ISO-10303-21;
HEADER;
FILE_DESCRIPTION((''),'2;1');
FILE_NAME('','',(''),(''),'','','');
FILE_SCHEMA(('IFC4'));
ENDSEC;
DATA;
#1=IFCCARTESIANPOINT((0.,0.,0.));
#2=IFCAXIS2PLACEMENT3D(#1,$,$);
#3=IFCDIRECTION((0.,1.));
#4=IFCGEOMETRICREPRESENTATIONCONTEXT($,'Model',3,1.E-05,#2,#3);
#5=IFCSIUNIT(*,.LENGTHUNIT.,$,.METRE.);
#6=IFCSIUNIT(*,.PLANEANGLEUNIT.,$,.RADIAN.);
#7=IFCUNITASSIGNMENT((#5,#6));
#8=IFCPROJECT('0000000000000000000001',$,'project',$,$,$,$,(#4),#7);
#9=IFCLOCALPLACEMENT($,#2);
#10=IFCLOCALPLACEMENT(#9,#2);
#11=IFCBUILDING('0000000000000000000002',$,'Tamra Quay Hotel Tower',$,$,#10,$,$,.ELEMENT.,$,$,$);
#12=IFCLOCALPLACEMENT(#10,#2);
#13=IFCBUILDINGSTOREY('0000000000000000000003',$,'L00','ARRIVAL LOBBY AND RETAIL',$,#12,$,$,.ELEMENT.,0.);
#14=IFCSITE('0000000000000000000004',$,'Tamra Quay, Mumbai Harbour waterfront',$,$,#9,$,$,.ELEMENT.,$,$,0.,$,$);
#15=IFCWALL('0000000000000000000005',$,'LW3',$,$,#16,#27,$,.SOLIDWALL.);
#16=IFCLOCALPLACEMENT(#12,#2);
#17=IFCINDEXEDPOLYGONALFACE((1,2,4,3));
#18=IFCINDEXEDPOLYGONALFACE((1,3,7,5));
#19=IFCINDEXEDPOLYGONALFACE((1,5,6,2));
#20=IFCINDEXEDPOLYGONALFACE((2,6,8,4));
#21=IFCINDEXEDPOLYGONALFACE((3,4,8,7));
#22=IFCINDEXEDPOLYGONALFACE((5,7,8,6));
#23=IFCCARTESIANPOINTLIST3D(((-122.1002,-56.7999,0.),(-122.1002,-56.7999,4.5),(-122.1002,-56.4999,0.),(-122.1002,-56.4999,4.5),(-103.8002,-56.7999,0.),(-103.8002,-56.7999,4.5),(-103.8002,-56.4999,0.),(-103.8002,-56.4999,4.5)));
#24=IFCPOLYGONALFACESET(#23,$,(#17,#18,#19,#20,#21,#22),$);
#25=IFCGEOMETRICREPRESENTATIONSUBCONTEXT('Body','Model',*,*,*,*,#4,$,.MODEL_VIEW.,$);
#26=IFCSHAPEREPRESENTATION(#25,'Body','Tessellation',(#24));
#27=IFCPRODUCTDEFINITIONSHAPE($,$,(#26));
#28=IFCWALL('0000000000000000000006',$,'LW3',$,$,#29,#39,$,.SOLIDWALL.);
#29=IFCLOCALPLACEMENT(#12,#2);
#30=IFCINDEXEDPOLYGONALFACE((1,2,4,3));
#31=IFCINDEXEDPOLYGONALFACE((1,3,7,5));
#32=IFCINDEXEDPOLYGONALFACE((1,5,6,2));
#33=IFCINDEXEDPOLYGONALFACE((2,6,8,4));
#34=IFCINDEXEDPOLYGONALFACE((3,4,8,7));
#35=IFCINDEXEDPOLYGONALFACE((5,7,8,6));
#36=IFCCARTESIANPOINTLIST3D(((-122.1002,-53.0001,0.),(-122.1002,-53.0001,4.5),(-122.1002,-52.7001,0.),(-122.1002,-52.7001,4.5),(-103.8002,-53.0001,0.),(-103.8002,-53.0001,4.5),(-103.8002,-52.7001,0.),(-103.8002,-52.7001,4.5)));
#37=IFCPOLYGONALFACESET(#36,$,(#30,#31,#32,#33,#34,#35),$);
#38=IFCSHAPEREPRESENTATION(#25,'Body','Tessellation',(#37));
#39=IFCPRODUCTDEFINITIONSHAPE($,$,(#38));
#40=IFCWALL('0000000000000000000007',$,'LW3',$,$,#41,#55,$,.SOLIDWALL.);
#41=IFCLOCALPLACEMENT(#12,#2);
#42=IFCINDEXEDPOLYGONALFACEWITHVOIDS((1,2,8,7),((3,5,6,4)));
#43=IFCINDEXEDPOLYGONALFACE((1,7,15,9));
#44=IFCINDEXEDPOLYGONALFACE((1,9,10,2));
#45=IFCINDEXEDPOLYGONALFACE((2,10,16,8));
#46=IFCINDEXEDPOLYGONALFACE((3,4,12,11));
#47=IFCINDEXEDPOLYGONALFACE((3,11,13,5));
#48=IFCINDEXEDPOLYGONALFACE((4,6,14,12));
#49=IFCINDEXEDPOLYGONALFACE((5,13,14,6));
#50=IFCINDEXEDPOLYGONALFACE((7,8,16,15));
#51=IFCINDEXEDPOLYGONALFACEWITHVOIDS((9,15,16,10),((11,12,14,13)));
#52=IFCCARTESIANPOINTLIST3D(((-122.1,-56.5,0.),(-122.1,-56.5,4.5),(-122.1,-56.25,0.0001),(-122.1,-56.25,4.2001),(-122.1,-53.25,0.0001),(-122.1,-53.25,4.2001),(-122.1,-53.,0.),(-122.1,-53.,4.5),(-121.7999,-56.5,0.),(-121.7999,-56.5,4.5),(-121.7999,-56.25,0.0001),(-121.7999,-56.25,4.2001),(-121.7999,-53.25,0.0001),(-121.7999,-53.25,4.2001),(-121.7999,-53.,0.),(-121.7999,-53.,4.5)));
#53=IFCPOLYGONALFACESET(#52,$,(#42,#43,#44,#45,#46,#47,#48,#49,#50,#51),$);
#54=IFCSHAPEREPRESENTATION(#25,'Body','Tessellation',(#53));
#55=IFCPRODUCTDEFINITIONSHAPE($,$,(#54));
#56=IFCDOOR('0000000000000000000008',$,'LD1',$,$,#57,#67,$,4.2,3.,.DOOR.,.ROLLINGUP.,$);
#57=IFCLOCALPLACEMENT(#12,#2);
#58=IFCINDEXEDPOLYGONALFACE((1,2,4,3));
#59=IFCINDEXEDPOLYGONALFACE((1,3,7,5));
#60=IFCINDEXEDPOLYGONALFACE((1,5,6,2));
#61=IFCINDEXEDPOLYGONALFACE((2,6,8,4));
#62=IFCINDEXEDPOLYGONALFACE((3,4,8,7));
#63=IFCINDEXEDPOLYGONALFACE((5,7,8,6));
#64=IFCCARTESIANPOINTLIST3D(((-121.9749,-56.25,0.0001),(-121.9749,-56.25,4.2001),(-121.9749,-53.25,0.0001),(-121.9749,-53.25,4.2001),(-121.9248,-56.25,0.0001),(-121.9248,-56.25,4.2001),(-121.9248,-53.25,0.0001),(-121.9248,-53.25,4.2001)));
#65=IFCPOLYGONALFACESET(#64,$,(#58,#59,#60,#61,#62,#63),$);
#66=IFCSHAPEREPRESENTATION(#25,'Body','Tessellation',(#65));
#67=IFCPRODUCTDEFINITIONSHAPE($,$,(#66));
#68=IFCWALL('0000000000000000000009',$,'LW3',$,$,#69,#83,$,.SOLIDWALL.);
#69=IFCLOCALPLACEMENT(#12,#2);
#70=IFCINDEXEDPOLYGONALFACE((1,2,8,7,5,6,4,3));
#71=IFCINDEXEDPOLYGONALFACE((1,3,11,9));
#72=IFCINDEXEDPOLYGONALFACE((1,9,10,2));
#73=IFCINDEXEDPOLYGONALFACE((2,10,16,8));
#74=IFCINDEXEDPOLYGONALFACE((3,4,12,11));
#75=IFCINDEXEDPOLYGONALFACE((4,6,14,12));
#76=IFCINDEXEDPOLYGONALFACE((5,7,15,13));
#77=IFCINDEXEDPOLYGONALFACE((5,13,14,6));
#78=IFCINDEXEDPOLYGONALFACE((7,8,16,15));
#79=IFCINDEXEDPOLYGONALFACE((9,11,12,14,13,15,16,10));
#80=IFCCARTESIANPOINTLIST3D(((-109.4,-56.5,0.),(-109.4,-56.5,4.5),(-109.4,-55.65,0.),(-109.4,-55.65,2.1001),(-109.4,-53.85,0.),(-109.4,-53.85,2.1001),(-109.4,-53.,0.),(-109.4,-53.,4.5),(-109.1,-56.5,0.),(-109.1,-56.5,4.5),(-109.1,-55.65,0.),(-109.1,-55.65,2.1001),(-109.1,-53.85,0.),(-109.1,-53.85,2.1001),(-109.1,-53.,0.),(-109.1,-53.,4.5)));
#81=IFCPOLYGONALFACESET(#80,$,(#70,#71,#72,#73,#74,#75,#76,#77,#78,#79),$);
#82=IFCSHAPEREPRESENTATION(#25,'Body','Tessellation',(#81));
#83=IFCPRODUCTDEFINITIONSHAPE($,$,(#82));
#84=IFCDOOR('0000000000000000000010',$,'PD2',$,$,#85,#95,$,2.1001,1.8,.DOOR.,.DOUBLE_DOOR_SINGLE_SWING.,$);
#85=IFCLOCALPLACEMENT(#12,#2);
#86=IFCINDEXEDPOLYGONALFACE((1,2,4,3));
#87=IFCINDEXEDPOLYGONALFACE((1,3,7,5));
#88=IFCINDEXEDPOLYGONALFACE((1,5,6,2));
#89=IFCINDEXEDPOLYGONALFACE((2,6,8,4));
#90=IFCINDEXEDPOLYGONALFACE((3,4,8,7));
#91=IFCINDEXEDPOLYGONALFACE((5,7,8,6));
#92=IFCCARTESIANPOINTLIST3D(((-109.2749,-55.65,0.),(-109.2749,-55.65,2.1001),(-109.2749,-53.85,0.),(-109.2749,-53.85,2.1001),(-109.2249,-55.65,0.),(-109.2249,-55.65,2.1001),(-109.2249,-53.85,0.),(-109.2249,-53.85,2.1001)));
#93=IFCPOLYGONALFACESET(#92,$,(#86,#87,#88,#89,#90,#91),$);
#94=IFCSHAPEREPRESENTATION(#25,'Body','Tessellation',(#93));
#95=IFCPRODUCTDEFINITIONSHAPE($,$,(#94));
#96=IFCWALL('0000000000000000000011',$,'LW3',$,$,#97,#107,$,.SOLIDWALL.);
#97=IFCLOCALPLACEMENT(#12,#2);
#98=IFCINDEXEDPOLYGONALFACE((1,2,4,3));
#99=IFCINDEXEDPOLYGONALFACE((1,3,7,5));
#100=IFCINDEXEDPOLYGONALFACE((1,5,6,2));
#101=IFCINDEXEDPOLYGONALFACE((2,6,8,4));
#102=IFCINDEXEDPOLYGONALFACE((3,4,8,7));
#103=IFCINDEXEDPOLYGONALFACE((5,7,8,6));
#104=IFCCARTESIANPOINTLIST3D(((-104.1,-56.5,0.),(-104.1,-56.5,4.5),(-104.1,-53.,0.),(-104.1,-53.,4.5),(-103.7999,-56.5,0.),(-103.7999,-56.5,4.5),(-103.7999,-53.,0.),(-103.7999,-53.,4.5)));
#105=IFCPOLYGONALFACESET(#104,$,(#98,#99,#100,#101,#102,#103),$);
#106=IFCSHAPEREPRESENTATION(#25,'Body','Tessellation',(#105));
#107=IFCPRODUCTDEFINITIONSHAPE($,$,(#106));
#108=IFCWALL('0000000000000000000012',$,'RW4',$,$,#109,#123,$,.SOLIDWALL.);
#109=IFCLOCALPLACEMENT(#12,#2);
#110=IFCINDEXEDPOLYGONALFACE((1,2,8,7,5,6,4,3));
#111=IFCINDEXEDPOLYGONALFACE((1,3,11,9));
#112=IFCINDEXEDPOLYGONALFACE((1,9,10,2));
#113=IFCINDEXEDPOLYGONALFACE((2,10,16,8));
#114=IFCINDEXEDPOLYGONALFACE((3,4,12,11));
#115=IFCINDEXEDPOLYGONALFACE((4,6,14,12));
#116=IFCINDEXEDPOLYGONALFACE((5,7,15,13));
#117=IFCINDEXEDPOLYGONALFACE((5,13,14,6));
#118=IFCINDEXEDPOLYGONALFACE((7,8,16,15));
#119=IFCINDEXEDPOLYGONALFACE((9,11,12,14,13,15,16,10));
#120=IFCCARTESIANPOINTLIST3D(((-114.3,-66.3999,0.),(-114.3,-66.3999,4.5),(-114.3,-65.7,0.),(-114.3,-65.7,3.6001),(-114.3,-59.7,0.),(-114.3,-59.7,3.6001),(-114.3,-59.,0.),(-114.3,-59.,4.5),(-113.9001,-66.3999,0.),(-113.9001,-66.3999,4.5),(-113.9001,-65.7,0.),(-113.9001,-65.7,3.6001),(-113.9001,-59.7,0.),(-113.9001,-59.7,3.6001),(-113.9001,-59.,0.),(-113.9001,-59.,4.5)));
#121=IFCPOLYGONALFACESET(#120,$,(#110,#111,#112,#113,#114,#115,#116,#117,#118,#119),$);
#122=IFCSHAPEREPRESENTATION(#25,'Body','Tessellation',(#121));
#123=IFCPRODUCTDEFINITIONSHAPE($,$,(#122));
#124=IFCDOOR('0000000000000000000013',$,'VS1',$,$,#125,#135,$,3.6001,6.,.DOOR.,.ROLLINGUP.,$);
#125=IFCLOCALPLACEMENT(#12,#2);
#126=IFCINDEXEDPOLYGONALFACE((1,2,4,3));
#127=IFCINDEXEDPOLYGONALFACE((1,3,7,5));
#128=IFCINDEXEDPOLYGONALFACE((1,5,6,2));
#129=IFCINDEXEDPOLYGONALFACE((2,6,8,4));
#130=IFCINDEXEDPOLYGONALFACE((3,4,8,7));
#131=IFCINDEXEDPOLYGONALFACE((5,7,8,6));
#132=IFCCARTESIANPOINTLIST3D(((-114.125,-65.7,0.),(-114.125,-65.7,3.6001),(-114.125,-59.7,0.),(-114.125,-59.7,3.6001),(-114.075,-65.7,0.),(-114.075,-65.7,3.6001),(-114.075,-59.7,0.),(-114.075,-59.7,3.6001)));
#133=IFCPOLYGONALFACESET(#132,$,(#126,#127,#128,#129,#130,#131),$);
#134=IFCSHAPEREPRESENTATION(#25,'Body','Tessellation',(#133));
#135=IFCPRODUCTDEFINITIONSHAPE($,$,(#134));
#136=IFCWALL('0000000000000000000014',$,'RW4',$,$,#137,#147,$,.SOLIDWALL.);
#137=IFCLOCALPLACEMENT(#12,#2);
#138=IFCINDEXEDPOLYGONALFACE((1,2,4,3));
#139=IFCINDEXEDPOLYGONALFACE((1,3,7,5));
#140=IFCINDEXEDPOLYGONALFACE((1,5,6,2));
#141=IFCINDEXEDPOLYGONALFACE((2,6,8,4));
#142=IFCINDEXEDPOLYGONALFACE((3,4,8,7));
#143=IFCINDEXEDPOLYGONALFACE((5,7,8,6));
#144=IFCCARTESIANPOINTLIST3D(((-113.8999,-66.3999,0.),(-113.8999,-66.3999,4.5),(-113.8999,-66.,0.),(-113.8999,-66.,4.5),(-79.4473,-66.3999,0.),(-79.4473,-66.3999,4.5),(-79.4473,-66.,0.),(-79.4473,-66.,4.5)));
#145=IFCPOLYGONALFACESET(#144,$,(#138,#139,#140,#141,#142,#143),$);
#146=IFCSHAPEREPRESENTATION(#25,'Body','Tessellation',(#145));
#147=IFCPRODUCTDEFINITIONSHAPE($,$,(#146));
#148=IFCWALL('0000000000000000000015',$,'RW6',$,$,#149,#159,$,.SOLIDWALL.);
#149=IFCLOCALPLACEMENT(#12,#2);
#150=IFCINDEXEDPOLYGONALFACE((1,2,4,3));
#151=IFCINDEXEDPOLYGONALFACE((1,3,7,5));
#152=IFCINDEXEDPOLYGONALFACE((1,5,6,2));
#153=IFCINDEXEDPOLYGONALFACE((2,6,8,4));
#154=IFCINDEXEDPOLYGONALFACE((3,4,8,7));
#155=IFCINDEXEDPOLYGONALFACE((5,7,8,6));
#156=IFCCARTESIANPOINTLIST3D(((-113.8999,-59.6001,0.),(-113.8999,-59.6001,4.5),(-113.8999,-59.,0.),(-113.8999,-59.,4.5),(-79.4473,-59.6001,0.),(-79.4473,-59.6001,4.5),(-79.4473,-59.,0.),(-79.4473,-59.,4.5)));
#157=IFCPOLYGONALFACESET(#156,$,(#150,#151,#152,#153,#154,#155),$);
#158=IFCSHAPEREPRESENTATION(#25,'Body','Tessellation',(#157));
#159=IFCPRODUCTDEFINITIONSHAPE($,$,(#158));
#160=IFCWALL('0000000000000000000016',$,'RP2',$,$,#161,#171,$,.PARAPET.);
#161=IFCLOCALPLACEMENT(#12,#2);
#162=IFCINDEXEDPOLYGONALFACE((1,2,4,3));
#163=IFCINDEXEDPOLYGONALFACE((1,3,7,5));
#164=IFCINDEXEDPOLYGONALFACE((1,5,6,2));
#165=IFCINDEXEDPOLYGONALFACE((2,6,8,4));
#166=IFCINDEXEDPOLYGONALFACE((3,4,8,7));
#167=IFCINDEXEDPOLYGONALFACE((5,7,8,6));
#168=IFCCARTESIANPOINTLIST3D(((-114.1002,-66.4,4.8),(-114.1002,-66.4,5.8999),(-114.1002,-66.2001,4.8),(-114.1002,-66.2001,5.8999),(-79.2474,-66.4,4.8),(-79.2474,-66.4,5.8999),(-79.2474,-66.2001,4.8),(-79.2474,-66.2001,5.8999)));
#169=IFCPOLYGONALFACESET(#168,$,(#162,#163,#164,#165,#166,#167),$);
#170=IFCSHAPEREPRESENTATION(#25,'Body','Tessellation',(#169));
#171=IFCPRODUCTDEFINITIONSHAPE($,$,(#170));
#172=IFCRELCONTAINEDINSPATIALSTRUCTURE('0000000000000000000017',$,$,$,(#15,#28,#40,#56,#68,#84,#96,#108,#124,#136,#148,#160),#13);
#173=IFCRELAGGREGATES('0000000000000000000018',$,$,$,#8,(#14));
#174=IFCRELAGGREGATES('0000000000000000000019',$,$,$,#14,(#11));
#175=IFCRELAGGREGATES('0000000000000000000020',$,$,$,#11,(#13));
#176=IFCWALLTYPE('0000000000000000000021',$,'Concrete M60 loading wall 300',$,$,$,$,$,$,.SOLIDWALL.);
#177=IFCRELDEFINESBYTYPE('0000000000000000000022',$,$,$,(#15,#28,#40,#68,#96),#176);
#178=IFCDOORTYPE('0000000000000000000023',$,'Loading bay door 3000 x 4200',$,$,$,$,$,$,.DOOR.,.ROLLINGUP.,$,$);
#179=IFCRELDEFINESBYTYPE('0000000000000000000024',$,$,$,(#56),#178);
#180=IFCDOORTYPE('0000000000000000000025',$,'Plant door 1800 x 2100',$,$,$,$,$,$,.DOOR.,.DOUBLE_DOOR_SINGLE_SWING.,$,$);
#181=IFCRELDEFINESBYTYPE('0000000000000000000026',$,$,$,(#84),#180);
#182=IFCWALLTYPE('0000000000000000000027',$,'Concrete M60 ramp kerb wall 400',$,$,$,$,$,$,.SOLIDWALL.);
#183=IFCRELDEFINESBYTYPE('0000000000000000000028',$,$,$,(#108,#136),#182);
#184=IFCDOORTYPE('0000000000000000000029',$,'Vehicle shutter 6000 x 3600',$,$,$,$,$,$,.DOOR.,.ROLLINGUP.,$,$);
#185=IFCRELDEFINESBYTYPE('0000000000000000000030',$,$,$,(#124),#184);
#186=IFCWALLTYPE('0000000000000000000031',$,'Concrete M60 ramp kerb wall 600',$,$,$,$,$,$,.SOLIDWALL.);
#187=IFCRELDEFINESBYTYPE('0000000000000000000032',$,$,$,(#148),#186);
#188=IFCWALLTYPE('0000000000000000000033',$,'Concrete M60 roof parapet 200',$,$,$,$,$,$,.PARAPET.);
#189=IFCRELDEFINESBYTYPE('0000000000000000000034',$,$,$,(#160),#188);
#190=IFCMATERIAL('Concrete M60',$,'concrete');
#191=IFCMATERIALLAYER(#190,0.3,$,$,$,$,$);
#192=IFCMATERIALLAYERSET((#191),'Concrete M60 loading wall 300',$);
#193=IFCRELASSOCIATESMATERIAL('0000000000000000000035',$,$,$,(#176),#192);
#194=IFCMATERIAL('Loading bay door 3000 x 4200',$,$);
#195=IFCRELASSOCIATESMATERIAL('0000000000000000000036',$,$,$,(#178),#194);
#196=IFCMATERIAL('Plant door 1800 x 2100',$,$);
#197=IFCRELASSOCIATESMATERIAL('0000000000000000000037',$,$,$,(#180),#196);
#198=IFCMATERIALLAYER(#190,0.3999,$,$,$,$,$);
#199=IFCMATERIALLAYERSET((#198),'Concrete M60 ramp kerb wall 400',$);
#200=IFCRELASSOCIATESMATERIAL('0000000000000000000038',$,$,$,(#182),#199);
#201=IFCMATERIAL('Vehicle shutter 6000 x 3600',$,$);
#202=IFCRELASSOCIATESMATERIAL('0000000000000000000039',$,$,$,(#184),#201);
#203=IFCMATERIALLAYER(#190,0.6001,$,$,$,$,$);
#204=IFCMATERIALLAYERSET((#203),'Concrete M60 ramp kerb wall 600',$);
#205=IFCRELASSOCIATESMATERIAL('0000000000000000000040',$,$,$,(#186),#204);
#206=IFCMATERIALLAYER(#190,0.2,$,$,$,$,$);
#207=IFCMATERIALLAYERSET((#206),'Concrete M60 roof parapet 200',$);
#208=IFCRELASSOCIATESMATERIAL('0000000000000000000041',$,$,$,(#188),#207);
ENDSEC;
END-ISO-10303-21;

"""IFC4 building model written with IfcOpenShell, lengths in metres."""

from ifc_helpers import new_model, si_unit, direction, frame, frame_2d, origin, place, context, subcontext, project, spatial, rectangle, extrude, material, layer, layer_set, type_object, element, fill, save


model = new_model("IFC4")

# Units and contexts
model_context = context("Model", 3, precision=1e-05, world=origin(), true_north=direction((0.0, 1.0)))
body_context = subcontext(model_context, "Body", "Model", "MODEL_VIEW")
ifc_project = project(units=[si_unit("LENGTHUNIT", "METRE"), si_unit("PLANEANGLEUNIT", "RADIAN")], contexts=[model_context])

# Site, building, storey
site_placement = place(None, origin())
site = spatial("IfcSite", under=ifc_project, at=site_placement, Name="Tamra Quay, Mumbai Harbour waterfront", CompositionType="ELEMENT", RefElevation=0.0)
building_placement = place(site_placement, origin())
building = spatial("IfcBuilding", under=site, at=building_placement, Name="Tamra Quay Hotel Tower", CompositionType="ELEMENT")
storey_placement = place(building_placement, origin())
storey = spatial("IfcBuildingStorey", under=building, at=storey_placement, Name="L00", Description="ARRIVAL LOBBY AND RETAIL", CompositionType="ELEMENT", Elevation=0.0)

# Walls
ifc_material_1 = material(Name="Concrete M60", Category="concrete")
ifc_layer_1 = layer(ifc_material_1, 0.3)
ifc_layer_set_1 = layer_set([ifc_layer_1], Name="Concrete M60 loading wall 300")
wall_type_1 = type_object("IfcWallType", Name="Concrete M60 loading wall 300", PredefinedType="SOLIDWALL", material=ifc_layer_set_1)
for number, where, z_axis, x_axis, name in (
    (1, (-122.1001, -56.6499, 0.0), (0.0, 0.0, 1.0), (1.0, 0.0, 0.0), "LW3"),
    (2, (-122.1001, -52.8501, 0.0), (0.0, 0.0, 1.0), (1.0, 0.0, 0.0), "LW3"),
):
    element("IfcWall", number, at=place(storey_placement, frame(where, z_axis=z_axis, x_axis=x_axis)), inside=storey, type_object=wall_type_1, Name=name, PredefinedType="SOLIDWALL", context=body_context, shape_type="SweptSolid", body=[
        extrude(rectangle(XDim=18.3, YDim=0.3, at=frame_2d((9.1499, 0.0))), origin(), (0.0, 0.0, 1.0), 4.5),
    ])

# Walls, openings, doors
wall_1_placement = place(storey_placement, frame((-121.95, -56.5, 0.0), z_axis=(0.0, 0.0, 1.0), x_axis=(0.0, 1.0, 0.0)))
wall_1 = element("IfcWall", 3, at=wall_1_placement, inside=storey, type_object=wall_type_1, Name="LW3", PredefinedType="SOLIDWALL", context=body_context, shape_type="SweptSolid", body=[
    extrude(rectangle(XDim=3.5, YDim=0.3, at=frame_2d((1.75, 0.0))), origin(), (0.0, 0.0, 1.0), 4.5),
])
opening_1_placement = place(wall_1_placement, frame((0.25, 0.0, 0.0)))
opening_1 = element("IfcOpeningElement", 4, at=opening_1_placement, cuts=wall_1, PredefinedType="OPENING", context=body_context, shape_type="SweptSolid", body=[
    extrude(rectangle(XDim=3.0, YDim=4.2, at=frame_2d((1.5, 2.1001))), frame((0.0, 0.1599, 0.0), z_axis=(0.0, -1.0, 0.0), x_axis=(1.0, 0.0, 0.0)), (0.0, 0.0, 1.0), 0.3201),
])
ifc_material_2 = material(Name="Loading bay door 3000 x 4200")
door_type_1 = type_object("IfcDoorType", Name="Loading bay door 3000 x 4200", OperationType="ROLLINGUP", PredefinedType="DOOR", material=ifc_material_2)
door_1_placement = place(opening_1_placement, origin())
door_1 = element("IfcDoor", 5, at=door_1_placement, inside=storey, type_object=door_type_1, Name="LD1", OperationType="ROLLINGUP", OverallHeight=4.2, OverallWidth=3.0, PredefinedType="DOOR", context=body_context, shape_type="SweptSolid", body=[
    extrude(rectangle(XDim=3.0, YDim=4.2, at=frame_2d((1.5, 2.1001))), frame((0.0, 0.0249, 0.0), z_axis=(0.0, -1.0, 0.0), x_axis=(1.0, 0.0, 0.0)), (0.0, 0.0, 1.0), 0.05),
])
fill(opening_1, door_1)
wall_2_placement = place(storey_placement, frame((-109.25, -56.5, 0.0), z_axis=(0.0, 0.0, 1.0), x_axis=(0.0, 1.0, 0.0)))
wall_2 = element("IfcWall", 6, at=wall_2_placement, inside=storey, type_object=wall_type_1, Name="LW3", PredefinedType="SOLIDWALL", context=body_context, shape_type="SweptSolid", body=[
    extrude(rectangle(XDim=3.5, YDim=0.3, at=frame_2d((1.75, 0.0))), origin(), (0.0, 0.0, 1.0), 4.5),
])
opening_2_placement = place(wall_2_placement, frame((0.8501, 0.0, 0.0)))
opening_2 = element("IfcOpeningElement", 7, at=opening_2_placement, cuts=wall_2, PredefinedType="OPENING", context=body_context, shape_type="SweptSolid", body=[
    extrude(rectangle(XDim=1.8, YDim=2.1001, at=frame_2d((0.8999, 1.05))), frame((0.0, 0.1599, 0.0), z_axis=(0.0, -1.0, 0.0), x_axis=(1.0, 0.0, 0.0)), (0.0, 0.0, 1.0), 0.3201),
])
ifc_material_3 = material(Name="Plant door 1800 x 2100")
door_type_2 = type_object("IfcDoorType", Name="Plant door 1800 x 2100", OperationType="DOUBLE_DOOR_SINGLE_SWING", PredefinedType="DOOR", material=ifc_material_3)
door_2_placement = place(opening_2_placement, origin())
door_2 = element("IfcDoor", 8, at=door_2_placement, inside=storey, type_object=door_type_2, Name="PD2", OperationType="DOUBLE_DOOR_SINGLE_SWING", OverallHeight=2.1001, OverallWidth=1.8, PredefinedType="DOOR", context=body_context, shape_type="SweptSolid", body=[
    extrude(rectangle(XDim=1.8, YDim=2.1001, at=frame_2d((0.8999, 1.05))), frame((0.0, 0.0249, 0.0), z_axis=(0.0, -1.0, 0.0), x_axis=(1.0, 0.0, 0.0)), (0.0, 0.0, 1.0), 0.05),
])
fill(opening_2, door_2)

# Wall
wall_3_placement = place(storey_placement, frame((-103.95, -56.5, 0.0), z_axis=(0.0, 0.0, 1.0), x_axis=(0.0, 1.0, 0.0)))
element("IfcWall", 9, at=wall_3_placement, inside=storey, type_object=wall_type_1, Name="LW3", PredefinedType="SOLIDWALL", context=body_context, shape_type="SweptSolid", body=[
    extrude(rectangle(XDim=3.5, YDim=0.3, at=frame_2d((1.75, 0.0))), origin(), (0.0, 0.0, 1.0), 4.5),
])

# Wall, opening, door
ifc_layer_2 = layer(ifc_material_1, 0.3999)
ifc_layer_set_2 = layer_set([ifc_layer_2], Name="Concrete M60 ramp kerb wall 400")
wall_type_2 = type_object("IfcWallType", Name="Concrete M60 ramp kerb wall 400", PredefinedType="SOLIDWALL", material=ifc_layer_set_2)
wall_4_placement = place(storey_placement, frame((-114.1001, -66.3999, 0.0), z_axis=(0.0, 0.0, 1.0), x_axis=(0.0, 1.0, 0.0)))
wall_4 = element("IfcWall", 10, at=wall_4_placement, inside=storey, type_object=wall_type_2, Name="RW4", PredefinedType="SOLIDWALL", context=body_context, shape_type="SweptSolid", body=[
    extrude(rectangle(XDim=7.3999, YDim=0.3999, at=frame_2d((3.7, 0.0))), origin(), (0.0, 0.0, 1.0), 4.5),
])
opening_3_placement = place(wall_4_placement, frame((0.7, 0.0, 0.0)))
opening_3 = element("IfcOpeningElement", 11, at=opening_3_placement, cuts=wall_4, PredefinedType="OPENING", context=body_context, shape_type="SweptSolid", body=[
    extrude(rectangle(XDim=6.0, YDim=3.6001, at=frame_2d((3.0, 1.8))), frame((0.0, 0.21, 0.0), z_axis=(0.0, -1.0, 0.0), x_axis=(1.0, 0.0, 0.0)), (0.0, 0.0, 1.0), 0.4199),
])
ifc_material_4 = material(Name="Vehicle shutter 6000 x 3600")
door_type_3 = type_object("IfcDoorType", Name="Vehicle shutter 6000 x 3600", OperationType="ROLLINGUP", PredefinedType="DOOR", material=ifc_material_4)
door_3_placement = place(opening_3_placement, origin())
door_3 = element("IfcDoor", 12, at=door_3_placement, inside=storey, type_object=door_type_3, Name="VS1", OperationType="ROLLINGUP", OverallHeight=3.6001, OverallWidth=6.0, PredefinedType="DOOR", context=body_context, shape_type="SweptSolid", body=[
    extrude(rectangle(XDim=6.0, YDim=3.6001, at=frame_2d((3.0, 1.8))), frame((0.0, 0.0249, 0.0), z_axis=(0.0, -1.0, 0.0), x_axis=(1.0, 0.0, 0.0)), (0.0, 0.0, 1.0), 0.05),
])
fill(opening_3, door_3)

# Walls
wall_5_placement = place(storey_placement, frame((-113.8999, -66.2, 0.0), z_axis=(0.0, 0.0, 1.0), x_axis=(1.0, 0.0, 0.0)))
element("IfcWall", 13, at=wall_5_placement, inside=storey, type_object=wall_type_2, Name="RW4", PredefinedType="SOLIDWALL", context=body_context, shape_type="SweptSolid", body=[
    extrude(rectangle(XDim=34.4526, YDim=0.3999, at=frame_2d((17.2263, 0.0))), origin(), (0.0, 0.0, 1.0), 4.5),
])
ifc_layer_3 = layer(ifc_material_1, 0.6001)
ifc_layer_set_3 = layer_set([ifc_layer_3], Name="Concrete M60 ramp kerb wall 600")
wall_type_3 = type_object("IfcWallType", Name="Concrete M60 ramp kerb wall 600", PredefinedType="SOLIDWALL", material=ifc_layer_set_3)
wall_6_placement = place(storey_placement, frame((-113.8999, -59.3, 0.0), z_axis=(0.0, 0.0, 1.0), x_axis=(1.0, 0.0, 0.0)))
element("IfcWall", 14, at=wall_6_placement, inside=storey, type_object=wall_type_3, Name="RW6", PredefinedType="SOLIDWALL", context=body_context, shape_type="SweptSolid", body=[
    extrude(rectangle(XDim=34.4526, YDim=0.6001, at=frame_2d((17.2263, 0.0))), origin(), (0.0, 0.0, 1.0), 4.5),
])
ifc_layer_4 = layer(ifc_material_1, 0.2)
ifc_layer_set_4 = layer_set([ifc_layer_4], Name="Concrete M60 roof parapet 200")
wall_type_4 = type_object("IfcWallType", Name="Concrete M60 roof parapet 200", PredefinedType="PARAPET", material=ifc_layer_set_4)
for number, where, z_axis, x_axis, name in (
    (15, (-114.1001, -66.3, 4.8), (0.0, 0.0, 1.0), (1.0, 0.0, 0.0), "RP2"),
):
    element("IfcWall", number, at=place(storey_placement, frame(where, z_axis=z_axis, x_axis=x_axis)), inside=storey, type_object=wall_type_4, Name=name, PredefinedType="PARAPET", context=body_context, shape_type="SweptSolid", body=[
        extrude(rectangle(XDim=34.8528, YDim=0.2, at=frame_2d((17.4263, 0.0))), origin(), (0.0, 0.0, 1.0), 1.0999),
    ])

save(model, "model.ifc")
